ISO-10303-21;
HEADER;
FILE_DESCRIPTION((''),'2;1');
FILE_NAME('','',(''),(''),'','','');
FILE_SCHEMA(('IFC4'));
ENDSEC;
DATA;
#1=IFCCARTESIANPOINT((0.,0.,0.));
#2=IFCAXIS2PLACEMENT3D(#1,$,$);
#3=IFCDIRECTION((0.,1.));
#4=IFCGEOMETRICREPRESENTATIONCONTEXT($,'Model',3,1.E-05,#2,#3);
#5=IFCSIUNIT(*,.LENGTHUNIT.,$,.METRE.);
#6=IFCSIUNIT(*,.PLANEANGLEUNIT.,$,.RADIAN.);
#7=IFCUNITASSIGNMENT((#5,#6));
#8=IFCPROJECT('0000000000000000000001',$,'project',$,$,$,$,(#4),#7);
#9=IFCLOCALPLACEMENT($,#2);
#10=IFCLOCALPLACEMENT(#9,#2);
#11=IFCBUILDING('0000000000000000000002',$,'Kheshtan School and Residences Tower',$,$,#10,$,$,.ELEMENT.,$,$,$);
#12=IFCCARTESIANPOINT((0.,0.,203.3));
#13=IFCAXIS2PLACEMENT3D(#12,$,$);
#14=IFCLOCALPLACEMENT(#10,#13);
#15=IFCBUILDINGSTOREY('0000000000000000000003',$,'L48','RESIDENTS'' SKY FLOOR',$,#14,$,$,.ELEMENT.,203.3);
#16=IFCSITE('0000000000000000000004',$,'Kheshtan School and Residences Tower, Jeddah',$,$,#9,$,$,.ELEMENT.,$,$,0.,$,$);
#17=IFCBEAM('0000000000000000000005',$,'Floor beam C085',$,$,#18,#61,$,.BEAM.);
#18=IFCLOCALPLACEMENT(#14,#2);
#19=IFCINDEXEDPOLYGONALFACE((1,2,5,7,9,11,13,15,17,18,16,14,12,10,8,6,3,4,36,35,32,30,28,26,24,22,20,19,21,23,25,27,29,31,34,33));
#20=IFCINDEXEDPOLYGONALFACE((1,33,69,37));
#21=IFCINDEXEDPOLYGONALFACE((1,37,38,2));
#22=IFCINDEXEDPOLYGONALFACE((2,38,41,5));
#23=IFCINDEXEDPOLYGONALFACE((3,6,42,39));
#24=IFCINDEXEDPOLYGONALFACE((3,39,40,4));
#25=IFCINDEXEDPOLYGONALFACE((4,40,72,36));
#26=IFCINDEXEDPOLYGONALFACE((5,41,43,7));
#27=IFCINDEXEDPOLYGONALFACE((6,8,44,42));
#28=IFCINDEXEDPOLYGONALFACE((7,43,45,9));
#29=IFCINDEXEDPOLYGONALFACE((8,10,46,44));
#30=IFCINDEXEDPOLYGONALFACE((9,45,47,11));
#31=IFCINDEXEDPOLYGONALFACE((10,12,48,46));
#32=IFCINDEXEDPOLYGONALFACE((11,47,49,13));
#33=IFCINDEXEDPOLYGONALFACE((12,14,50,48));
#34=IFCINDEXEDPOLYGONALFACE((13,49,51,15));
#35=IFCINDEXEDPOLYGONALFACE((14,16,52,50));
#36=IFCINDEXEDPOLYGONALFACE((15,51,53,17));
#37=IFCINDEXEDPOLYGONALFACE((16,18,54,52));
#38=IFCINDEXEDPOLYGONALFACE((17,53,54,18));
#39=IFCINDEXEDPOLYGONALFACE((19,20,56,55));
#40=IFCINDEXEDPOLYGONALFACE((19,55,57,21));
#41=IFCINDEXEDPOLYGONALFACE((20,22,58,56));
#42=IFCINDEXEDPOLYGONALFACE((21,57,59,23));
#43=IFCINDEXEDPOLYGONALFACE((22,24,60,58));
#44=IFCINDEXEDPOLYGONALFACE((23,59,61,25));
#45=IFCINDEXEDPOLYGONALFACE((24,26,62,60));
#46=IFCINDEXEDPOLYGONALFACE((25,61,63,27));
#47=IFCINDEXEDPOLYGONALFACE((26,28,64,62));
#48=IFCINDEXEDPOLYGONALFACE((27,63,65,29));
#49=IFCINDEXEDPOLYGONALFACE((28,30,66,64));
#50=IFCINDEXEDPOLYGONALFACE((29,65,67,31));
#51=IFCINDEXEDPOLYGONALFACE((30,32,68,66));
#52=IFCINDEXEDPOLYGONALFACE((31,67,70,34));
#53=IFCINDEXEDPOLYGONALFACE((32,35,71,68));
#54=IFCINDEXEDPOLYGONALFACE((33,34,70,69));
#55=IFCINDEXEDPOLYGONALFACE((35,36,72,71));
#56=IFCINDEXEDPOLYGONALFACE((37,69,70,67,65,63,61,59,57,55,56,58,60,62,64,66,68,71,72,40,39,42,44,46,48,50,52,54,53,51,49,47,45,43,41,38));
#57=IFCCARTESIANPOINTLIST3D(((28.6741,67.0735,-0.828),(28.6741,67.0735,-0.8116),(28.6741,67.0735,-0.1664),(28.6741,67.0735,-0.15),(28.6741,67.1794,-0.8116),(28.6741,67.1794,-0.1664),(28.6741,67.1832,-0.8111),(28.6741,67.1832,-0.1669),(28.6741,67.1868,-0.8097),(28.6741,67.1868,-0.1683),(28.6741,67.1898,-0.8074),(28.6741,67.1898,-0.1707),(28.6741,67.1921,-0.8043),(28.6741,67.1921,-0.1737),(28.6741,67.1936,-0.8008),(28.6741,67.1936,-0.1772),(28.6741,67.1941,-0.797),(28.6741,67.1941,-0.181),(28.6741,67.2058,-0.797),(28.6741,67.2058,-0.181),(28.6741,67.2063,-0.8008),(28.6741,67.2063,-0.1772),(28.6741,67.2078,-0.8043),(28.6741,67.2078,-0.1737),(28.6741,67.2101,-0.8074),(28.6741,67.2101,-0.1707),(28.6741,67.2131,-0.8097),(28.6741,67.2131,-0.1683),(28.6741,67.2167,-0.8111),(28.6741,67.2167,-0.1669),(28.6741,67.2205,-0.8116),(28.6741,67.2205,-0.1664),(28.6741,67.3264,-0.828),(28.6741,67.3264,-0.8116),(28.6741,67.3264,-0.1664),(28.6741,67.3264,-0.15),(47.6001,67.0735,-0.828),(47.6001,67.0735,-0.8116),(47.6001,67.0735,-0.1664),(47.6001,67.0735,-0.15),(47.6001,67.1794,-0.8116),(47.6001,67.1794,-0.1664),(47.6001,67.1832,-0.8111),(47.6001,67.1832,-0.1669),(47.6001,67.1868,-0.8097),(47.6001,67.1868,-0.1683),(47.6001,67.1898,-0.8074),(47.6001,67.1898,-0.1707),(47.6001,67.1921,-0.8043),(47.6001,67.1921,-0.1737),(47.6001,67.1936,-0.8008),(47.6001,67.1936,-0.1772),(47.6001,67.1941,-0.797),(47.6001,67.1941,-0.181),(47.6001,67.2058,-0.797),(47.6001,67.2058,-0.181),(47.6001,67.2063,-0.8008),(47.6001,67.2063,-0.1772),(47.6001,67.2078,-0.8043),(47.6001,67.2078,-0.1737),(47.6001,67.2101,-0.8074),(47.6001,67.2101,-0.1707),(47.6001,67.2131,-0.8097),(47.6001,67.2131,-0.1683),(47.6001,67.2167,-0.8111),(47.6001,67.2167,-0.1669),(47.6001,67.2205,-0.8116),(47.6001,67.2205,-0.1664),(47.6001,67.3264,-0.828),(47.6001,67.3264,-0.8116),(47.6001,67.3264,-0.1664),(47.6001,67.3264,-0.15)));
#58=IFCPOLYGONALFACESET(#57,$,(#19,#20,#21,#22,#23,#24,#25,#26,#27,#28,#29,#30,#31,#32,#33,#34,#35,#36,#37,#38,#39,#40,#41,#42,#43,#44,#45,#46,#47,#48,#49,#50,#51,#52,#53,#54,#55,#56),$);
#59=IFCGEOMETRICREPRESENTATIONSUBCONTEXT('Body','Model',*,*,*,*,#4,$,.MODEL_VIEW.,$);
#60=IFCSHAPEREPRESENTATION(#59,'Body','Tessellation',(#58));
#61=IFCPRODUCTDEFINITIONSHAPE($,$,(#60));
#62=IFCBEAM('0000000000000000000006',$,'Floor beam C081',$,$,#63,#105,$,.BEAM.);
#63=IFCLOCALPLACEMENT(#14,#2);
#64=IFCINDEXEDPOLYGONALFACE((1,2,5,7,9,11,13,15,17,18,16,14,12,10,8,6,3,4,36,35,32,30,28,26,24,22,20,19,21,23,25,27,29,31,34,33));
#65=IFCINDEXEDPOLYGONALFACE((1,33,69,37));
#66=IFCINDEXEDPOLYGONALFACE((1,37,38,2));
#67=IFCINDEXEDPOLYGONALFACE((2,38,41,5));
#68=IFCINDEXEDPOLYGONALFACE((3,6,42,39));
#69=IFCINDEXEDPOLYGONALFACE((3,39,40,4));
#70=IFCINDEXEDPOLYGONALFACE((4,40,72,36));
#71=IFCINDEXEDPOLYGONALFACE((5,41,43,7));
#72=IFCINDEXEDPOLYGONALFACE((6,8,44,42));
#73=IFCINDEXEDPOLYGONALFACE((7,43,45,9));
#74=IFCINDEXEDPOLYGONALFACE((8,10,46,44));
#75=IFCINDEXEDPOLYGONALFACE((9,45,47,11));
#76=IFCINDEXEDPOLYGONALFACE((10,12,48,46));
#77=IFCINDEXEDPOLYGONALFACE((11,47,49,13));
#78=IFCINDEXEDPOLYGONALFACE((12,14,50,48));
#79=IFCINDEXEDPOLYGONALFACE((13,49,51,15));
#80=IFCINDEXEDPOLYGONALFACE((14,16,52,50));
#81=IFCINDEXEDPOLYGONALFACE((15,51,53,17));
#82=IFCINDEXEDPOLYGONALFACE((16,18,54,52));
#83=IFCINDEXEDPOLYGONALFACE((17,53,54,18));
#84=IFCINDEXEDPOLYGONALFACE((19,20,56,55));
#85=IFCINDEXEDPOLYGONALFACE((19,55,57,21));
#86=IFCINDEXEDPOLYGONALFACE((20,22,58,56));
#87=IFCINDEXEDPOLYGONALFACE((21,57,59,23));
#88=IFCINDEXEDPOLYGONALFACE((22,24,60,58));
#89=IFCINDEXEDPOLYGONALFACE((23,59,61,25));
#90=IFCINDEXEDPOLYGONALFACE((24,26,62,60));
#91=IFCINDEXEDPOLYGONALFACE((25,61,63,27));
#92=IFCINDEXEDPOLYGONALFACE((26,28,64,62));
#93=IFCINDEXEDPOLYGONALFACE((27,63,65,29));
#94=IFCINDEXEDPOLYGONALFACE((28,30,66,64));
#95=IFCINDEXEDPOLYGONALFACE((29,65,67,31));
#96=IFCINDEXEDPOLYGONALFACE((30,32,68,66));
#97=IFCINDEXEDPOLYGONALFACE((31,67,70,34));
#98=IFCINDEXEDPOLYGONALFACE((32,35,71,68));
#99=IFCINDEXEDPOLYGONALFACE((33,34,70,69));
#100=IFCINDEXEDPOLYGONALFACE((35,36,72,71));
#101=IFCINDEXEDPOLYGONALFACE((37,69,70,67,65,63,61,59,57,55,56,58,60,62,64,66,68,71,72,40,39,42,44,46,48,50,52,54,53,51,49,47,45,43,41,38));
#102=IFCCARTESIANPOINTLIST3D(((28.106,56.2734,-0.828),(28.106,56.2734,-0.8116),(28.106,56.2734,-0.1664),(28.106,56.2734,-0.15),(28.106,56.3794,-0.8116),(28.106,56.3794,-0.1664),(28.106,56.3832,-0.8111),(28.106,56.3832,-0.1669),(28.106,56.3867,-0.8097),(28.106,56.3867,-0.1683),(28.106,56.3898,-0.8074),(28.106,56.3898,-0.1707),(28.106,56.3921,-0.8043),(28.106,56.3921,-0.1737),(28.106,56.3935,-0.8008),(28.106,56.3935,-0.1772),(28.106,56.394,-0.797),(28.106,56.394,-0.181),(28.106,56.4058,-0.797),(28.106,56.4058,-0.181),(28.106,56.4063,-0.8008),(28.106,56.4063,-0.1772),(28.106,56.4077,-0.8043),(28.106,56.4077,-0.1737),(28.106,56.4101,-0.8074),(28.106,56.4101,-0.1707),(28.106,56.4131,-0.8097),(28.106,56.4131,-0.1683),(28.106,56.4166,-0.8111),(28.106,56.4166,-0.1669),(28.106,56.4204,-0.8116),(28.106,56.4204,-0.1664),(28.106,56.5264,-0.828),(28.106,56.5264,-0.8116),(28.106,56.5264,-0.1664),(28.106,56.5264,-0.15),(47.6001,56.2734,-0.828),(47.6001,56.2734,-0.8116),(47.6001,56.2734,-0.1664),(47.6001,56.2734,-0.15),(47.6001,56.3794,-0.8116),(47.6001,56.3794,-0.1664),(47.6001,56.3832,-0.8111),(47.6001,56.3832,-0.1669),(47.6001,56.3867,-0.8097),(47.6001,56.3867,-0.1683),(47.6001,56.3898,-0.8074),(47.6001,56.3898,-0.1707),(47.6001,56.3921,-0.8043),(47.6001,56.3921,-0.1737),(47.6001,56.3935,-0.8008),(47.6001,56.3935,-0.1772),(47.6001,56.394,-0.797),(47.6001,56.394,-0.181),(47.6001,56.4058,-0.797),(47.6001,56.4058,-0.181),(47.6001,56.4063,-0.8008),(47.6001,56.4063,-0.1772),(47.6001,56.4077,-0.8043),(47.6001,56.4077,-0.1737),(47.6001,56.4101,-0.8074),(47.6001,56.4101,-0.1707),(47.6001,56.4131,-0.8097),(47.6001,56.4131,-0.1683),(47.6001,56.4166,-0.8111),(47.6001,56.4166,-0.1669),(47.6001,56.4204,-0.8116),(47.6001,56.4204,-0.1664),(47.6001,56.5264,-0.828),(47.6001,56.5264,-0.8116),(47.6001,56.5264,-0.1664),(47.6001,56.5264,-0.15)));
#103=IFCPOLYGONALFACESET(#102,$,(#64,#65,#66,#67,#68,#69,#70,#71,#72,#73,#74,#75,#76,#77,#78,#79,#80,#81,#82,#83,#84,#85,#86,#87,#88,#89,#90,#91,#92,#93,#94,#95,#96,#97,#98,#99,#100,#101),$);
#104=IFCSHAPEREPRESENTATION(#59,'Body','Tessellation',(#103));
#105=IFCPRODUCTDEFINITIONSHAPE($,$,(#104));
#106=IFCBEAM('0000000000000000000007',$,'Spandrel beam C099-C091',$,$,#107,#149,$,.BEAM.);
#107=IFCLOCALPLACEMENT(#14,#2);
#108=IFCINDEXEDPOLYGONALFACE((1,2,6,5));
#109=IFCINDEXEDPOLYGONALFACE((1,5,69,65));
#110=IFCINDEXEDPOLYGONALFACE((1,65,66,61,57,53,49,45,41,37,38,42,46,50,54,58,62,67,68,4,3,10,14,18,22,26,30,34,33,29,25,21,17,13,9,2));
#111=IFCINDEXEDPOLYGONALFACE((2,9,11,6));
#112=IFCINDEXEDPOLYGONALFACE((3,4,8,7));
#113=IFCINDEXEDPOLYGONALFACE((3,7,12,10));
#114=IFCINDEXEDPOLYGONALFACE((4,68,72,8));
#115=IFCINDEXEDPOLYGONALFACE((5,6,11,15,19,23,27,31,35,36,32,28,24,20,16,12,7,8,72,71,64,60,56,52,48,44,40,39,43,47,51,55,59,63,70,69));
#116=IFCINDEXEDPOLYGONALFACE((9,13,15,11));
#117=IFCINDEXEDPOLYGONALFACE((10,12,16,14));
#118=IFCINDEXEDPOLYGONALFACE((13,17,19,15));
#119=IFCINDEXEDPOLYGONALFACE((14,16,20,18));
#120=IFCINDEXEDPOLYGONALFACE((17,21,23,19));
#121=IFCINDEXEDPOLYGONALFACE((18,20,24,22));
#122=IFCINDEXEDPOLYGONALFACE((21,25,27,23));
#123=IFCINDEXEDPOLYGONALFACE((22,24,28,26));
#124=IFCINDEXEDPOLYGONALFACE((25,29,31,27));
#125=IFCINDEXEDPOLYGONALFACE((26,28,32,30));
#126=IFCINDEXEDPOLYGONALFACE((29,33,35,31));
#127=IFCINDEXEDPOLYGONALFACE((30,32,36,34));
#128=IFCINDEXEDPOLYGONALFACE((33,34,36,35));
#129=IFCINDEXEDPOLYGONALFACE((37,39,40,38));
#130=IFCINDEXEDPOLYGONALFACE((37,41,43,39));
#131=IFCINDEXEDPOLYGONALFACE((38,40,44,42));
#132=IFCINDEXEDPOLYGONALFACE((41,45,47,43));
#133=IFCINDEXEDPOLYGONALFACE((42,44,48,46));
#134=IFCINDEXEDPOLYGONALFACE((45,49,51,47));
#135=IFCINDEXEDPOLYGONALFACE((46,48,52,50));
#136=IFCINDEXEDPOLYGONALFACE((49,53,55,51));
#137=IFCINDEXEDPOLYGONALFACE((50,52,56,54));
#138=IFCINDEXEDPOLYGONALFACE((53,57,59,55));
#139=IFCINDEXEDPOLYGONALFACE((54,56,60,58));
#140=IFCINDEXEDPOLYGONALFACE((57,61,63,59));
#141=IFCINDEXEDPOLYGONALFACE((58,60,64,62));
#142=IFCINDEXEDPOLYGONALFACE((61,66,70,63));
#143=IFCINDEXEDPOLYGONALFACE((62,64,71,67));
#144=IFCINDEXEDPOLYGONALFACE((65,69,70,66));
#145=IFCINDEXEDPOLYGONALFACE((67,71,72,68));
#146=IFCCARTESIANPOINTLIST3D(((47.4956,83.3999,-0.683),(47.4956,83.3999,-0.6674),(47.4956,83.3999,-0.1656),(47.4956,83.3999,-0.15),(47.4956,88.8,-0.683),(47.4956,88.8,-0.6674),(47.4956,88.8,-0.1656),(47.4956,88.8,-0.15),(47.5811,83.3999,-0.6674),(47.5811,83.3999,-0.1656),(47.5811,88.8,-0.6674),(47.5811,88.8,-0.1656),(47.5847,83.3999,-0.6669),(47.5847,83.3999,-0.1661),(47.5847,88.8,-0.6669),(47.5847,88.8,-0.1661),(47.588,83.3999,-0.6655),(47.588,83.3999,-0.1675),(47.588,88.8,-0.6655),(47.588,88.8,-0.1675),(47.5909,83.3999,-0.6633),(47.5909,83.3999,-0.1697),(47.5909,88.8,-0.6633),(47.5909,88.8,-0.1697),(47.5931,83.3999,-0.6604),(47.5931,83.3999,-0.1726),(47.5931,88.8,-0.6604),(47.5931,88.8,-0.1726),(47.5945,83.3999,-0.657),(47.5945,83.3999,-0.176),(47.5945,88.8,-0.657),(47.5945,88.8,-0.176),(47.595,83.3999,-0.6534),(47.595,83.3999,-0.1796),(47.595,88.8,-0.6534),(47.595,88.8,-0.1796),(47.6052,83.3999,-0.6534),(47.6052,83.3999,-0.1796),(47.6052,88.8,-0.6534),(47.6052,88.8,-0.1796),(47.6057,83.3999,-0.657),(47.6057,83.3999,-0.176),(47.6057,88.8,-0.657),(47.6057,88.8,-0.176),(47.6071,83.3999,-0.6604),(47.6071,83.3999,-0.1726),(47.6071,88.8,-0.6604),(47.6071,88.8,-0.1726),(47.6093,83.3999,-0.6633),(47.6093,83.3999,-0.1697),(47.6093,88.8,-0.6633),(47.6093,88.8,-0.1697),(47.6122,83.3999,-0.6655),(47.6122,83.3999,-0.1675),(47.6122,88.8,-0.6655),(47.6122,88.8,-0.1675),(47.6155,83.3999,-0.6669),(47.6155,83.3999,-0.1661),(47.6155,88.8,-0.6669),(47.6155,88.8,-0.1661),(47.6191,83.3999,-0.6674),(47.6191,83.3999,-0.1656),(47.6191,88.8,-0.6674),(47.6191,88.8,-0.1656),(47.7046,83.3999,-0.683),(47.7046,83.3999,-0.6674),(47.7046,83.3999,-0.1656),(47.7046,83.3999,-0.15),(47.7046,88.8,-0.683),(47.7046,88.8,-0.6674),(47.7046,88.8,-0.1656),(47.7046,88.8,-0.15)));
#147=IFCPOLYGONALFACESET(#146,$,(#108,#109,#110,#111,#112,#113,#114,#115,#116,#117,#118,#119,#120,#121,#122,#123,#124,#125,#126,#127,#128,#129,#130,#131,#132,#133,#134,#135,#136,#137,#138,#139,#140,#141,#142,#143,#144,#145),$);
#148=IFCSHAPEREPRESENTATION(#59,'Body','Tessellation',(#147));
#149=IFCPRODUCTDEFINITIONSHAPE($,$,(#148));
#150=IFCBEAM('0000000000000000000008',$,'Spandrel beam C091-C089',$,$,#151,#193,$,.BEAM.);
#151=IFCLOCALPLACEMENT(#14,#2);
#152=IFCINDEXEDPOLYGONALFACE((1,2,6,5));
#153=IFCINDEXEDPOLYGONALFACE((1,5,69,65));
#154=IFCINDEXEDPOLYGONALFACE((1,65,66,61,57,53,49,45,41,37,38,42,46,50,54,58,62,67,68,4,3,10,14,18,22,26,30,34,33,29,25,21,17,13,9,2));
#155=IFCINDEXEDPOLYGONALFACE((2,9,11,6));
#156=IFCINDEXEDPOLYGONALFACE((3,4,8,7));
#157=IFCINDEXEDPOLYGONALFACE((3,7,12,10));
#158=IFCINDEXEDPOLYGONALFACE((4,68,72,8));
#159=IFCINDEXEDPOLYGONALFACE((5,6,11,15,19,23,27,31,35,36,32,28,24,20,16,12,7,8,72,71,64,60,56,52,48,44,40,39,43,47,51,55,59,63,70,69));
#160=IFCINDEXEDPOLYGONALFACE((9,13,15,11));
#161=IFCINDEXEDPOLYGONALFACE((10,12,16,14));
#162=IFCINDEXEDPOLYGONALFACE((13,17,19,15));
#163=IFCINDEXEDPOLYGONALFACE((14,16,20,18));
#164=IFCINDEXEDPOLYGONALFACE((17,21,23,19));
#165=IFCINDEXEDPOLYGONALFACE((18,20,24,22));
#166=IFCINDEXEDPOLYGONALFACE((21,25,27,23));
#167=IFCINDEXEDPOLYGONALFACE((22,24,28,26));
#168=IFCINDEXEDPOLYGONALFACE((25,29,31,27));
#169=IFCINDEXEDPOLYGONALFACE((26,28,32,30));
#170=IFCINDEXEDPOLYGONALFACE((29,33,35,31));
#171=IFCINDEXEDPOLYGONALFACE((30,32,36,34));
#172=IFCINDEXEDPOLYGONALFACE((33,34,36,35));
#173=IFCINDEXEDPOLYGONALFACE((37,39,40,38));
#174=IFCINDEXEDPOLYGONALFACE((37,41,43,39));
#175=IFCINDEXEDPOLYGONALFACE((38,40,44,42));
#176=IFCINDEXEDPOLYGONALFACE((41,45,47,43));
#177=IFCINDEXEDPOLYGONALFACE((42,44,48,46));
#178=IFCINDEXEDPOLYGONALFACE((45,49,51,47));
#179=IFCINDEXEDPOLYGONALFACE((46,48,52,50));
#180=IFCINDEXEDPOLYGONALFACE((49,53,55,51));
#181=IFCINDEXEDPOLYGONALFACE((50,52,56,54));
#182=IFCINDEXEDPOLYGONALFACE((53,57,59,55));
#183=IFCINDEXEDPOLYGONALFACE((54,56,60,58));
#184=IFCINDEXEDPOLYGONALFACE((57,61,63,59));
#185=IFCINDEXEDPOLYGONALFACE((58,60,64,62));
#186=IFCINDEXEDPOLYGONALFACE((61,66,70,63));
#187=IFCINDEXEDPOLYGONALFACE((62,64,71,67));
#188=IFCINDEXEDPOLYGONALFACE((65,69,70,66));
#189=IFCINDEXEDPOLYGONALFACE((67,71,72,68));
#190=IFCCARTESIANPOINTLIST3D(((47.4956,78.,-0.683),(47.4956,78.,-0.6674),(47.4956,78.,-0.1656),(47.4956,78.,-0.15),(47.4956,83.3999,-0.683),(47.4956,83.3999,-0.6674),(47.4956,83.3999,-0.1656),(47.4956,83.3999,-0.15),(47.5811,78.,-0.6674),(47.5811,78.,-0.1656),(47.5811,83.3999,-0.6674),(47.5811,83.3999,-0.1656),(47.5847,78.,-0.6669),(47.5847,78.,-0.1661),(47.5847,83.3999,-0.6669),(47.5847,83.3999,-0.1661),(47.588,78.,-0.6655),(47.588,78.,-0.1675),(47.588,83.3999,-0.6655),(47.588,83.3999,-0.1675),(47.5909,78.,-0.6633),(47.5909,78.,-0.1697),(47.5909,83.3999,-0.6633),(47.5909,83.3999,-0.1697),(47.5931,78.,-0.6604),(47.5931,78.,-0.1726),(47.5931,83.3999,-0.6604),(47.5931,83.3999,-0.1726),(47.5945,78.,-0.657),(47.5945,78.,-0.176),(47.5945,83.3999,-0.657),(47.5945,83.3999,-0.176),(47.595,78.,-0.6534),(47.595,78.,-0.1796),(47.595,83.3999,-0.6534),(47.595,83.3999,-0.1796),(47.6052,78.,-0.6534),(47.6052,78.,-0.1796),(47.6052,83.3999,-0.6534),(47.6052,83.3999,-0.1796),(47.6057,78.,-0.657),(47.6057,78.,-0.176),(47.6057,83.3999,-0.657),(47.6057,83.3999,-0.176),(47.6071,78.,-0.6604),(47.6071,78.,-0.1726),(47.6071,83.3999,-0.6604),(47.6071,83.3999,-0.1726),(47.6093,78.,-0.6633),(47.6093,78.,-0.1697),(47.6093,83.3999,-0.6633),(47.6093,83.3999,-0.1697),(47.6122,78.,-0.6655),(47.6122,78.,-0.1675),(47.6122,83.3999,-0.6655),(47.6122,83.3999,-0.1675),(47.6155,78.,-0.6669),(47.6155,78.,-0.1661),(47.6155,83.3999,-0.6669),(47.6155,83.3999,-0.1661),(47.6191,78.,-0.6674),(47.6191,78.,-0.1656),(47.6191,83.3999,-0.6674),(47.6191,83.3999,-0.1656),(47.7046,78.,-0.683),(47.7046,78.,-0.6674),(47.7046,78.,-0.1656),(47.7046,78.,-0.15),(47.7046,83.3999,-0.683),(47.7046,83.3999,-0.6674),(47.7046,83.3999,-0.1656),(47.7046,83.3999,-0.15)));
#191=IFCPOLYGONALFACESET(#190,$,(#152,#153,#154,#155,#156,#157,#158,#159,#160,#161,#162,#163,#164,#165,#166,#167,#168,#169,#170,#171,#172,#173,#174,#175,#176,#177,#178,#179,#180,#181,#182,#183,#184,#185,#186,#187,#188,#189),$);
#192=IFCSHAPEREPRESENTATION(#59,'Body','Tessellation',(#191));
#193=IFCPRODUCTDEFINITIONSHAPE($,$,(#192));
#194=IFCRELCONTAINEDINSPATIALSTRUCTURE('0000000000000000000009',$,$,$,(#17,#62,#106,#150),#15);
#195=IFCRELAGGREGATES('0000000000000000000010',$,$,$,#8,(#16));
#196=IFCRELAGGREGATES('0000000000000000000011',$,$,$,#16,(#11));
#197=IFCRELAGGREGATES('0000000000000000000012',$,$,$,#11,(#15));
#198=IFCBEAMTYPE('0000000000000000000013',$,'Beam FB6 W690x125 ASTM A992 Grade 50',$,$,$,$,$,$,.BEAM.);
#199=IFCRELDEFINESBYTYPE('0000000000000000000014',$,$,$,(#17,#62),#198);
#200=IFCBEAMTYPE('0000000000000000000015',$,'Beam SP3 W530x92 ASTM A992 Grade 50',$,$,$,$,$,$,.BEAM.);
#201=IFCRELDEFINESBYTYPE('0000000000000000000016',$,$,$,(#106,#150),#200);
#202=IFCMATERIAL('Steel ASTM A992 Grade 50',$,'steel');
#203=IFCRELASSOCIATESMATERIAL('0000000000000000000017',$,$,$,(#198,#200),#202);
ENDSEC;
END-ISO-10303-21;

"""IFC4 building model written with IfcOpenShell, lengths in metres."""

from ifc_helpers import new_model, si_unit, direction, frame, origin, origin_2d, place, context, subcontext, project, spatial, i_section, extrude, material, material_profile, profile_set, type_object, element, save


model = new_model("IFC4")

# Units and contexts
model_context = context("Model", 3, precision=1e-05, world=origin(), true_north=direction((0.0, 1.0)))
body_context = subcontext(model_context, "Body", "Model", "MODEL_VIEW")
ifc_project = project(units=[si_unit("LENGTHUNIT", "METRE"), si_unit("PLANEANGLEUNIT", "RADIAN")], contexts=[model_context])

# Site, building, storey
site_placement = place(None, origin())
site = spatial("IfcSite", under=ifc_project, at=site_placement, Name="Kheshtan School and Residences Tower, Jeddah", CompositionType="ELEMENT", RefElevation=0.0)
building_placement = place(site_placement, origin())
building = spatial("IfcBuilding", under=site, at=building_placement, Name="Kheshtan School and Residences Tower", CompositionType="ELEMENT")
storey_placement = place(building_placement, frame((0.0, 0.0, 203.3)))
storey = spatial("IfcBuildingStorey", under=building, at=storey_placement, Name="L48", Description="RESIDENTS' SKY FLOOR", CompositionType="ELEMENT", Elevation=203.3)

# Shared definitions
ifc_material_1 = material(Name="Steel ASTM A992 Grade 50", Category="steel")

# Beams
ifc_material_profile_1 = material_profile(ifc_material_1, i_section(OverallWidth=0.2529, OverallDepth=0.678, WebThickness=0.0117, FlangeThickness=0.0164, FilletRadius=0.0146, at=origin_2d()), Name="W690x125")
ifc_profile_set_1 = profile_set([ifc_material_profile_1], Name="Steel ASTM A992 Grade 50")
beam_type_1 = type_object("IfcBeamType", Name="Beam FB6 W690x125 ASTM A992 Grade 50", PredefinedType="BEAM", material=ifc_profile_set_1)
beam_1_placement = place(storey_placement, frame((47.6001, 67.2, -0.489), z_axis=(-1.0, 0.0, 0.0), x_axis=(0.0, -1.0, 0.0)))
element("IfcBeam", 1, at=beam_1_placement, inside=storey, type_object=beam_type_1, Name="Floor beam C085", PredefinedType="BEAM", context=body_context, shape_type="SweptSolid", body=[
    extrude(i_section(OverallWidth=0.2529, OverallDepth=0.678, WebThickness=0.0117, FlangeThickness=0.0164, FilletRadius=0.0146, at=origin_2d()), origin(), (0.0, 0.0, 1.0), 18.926),
])
beam_2_placement = place(storey_placement, frame((47.6001, 56.3999, -0.489), z_axis=(-1.0, 0.0, 0.0), x_axis=(0.0, -1.0, 0.0)))
element("IfcBeam", 2, at=beam_2_placement, inside=storey, type_object=beam_type_1, Name="Floor beam C081", PredefinedType="BEAM", context=body_context, shape_type="SweptSolid", body=[
    extrude(i_section(OverallWidth=0.2529, OverallDepth=0.678, WebThickness=0.0117, FlangeThickness=0.0164, FilletRadius=0.0146, at=origin_2d()), origin(), (0.0, 0.0, 1.0), 19.4941),
])
ifc_material_profile_2 = material_profile(ifc_material_1, i_section(OverallWidth=0.209, OverallDepth=0.533, WebThickness=0.0103, FlangeThickness=0.0156, FilletRadius=0.0139, at=origin_2d()), Name="W530x92")
ifc_profile_set_2 = profile_set([ifc_material_profile_2], Name="Steel ASTM A992 Grade 50")
beam_type_2 = type_object("IfcBeamType", Name="Beam SP3 W530x92 ASTM A992 Grade 50", PredefinedType="BEAM", material=ifc_profile_set_2)
beam_3_placement = place(storey_placement, frame((47.6001, 88.8, -0.4165), z_axis=(0.0, -1.0, 0.0), x_axis=(1.0, 0.0, 0.0)))
element("IfcBeam", 3, at=beam_3_placement, inside=storey, type_object=beam_type_2, Name="Spandrel beam C099-C091", PredefinedType="BEAM", context=body_context, shape_type="SweptSolid", body=[
    extrude(i_section(OverallWidth=0.209, OverallDepth=0.533, WebThickness=0.0103, FlangeThickness=0.0156, FilletRadius=0.0139, at=origin_2d()), origin(), (0.0, 0.0, 1.0), 5.4001),
])
for number, where, z_axis, x_axis, name in (
    (4, (47.6001, 83.3999, -0.4165), (0.0, -1.0, 0.0), (1.0, 0.0, 0.0), "Spandrel beam C091-C089"),
):
    element("IfcBeam", number, at=place(storey_placement, frame(where, z_axis=z_axis, x_axis=x_axis)), inside=storey, type_object=beam_type_2, Name=name, PredefinedType="BEAM", context=body_context, shape_type="SweptSolid", body=[
        extrude(i_section(OverallWidth=0.209, OverallDepth=0.533, WebThickness=0.0103, FlangeThickness=0.0156, FilletRadius=0.0139, at=origin_2d()), origin(), (0.0, 0.0, 1.0), 5.3999),
    ])

save(model, "model.ifc")
